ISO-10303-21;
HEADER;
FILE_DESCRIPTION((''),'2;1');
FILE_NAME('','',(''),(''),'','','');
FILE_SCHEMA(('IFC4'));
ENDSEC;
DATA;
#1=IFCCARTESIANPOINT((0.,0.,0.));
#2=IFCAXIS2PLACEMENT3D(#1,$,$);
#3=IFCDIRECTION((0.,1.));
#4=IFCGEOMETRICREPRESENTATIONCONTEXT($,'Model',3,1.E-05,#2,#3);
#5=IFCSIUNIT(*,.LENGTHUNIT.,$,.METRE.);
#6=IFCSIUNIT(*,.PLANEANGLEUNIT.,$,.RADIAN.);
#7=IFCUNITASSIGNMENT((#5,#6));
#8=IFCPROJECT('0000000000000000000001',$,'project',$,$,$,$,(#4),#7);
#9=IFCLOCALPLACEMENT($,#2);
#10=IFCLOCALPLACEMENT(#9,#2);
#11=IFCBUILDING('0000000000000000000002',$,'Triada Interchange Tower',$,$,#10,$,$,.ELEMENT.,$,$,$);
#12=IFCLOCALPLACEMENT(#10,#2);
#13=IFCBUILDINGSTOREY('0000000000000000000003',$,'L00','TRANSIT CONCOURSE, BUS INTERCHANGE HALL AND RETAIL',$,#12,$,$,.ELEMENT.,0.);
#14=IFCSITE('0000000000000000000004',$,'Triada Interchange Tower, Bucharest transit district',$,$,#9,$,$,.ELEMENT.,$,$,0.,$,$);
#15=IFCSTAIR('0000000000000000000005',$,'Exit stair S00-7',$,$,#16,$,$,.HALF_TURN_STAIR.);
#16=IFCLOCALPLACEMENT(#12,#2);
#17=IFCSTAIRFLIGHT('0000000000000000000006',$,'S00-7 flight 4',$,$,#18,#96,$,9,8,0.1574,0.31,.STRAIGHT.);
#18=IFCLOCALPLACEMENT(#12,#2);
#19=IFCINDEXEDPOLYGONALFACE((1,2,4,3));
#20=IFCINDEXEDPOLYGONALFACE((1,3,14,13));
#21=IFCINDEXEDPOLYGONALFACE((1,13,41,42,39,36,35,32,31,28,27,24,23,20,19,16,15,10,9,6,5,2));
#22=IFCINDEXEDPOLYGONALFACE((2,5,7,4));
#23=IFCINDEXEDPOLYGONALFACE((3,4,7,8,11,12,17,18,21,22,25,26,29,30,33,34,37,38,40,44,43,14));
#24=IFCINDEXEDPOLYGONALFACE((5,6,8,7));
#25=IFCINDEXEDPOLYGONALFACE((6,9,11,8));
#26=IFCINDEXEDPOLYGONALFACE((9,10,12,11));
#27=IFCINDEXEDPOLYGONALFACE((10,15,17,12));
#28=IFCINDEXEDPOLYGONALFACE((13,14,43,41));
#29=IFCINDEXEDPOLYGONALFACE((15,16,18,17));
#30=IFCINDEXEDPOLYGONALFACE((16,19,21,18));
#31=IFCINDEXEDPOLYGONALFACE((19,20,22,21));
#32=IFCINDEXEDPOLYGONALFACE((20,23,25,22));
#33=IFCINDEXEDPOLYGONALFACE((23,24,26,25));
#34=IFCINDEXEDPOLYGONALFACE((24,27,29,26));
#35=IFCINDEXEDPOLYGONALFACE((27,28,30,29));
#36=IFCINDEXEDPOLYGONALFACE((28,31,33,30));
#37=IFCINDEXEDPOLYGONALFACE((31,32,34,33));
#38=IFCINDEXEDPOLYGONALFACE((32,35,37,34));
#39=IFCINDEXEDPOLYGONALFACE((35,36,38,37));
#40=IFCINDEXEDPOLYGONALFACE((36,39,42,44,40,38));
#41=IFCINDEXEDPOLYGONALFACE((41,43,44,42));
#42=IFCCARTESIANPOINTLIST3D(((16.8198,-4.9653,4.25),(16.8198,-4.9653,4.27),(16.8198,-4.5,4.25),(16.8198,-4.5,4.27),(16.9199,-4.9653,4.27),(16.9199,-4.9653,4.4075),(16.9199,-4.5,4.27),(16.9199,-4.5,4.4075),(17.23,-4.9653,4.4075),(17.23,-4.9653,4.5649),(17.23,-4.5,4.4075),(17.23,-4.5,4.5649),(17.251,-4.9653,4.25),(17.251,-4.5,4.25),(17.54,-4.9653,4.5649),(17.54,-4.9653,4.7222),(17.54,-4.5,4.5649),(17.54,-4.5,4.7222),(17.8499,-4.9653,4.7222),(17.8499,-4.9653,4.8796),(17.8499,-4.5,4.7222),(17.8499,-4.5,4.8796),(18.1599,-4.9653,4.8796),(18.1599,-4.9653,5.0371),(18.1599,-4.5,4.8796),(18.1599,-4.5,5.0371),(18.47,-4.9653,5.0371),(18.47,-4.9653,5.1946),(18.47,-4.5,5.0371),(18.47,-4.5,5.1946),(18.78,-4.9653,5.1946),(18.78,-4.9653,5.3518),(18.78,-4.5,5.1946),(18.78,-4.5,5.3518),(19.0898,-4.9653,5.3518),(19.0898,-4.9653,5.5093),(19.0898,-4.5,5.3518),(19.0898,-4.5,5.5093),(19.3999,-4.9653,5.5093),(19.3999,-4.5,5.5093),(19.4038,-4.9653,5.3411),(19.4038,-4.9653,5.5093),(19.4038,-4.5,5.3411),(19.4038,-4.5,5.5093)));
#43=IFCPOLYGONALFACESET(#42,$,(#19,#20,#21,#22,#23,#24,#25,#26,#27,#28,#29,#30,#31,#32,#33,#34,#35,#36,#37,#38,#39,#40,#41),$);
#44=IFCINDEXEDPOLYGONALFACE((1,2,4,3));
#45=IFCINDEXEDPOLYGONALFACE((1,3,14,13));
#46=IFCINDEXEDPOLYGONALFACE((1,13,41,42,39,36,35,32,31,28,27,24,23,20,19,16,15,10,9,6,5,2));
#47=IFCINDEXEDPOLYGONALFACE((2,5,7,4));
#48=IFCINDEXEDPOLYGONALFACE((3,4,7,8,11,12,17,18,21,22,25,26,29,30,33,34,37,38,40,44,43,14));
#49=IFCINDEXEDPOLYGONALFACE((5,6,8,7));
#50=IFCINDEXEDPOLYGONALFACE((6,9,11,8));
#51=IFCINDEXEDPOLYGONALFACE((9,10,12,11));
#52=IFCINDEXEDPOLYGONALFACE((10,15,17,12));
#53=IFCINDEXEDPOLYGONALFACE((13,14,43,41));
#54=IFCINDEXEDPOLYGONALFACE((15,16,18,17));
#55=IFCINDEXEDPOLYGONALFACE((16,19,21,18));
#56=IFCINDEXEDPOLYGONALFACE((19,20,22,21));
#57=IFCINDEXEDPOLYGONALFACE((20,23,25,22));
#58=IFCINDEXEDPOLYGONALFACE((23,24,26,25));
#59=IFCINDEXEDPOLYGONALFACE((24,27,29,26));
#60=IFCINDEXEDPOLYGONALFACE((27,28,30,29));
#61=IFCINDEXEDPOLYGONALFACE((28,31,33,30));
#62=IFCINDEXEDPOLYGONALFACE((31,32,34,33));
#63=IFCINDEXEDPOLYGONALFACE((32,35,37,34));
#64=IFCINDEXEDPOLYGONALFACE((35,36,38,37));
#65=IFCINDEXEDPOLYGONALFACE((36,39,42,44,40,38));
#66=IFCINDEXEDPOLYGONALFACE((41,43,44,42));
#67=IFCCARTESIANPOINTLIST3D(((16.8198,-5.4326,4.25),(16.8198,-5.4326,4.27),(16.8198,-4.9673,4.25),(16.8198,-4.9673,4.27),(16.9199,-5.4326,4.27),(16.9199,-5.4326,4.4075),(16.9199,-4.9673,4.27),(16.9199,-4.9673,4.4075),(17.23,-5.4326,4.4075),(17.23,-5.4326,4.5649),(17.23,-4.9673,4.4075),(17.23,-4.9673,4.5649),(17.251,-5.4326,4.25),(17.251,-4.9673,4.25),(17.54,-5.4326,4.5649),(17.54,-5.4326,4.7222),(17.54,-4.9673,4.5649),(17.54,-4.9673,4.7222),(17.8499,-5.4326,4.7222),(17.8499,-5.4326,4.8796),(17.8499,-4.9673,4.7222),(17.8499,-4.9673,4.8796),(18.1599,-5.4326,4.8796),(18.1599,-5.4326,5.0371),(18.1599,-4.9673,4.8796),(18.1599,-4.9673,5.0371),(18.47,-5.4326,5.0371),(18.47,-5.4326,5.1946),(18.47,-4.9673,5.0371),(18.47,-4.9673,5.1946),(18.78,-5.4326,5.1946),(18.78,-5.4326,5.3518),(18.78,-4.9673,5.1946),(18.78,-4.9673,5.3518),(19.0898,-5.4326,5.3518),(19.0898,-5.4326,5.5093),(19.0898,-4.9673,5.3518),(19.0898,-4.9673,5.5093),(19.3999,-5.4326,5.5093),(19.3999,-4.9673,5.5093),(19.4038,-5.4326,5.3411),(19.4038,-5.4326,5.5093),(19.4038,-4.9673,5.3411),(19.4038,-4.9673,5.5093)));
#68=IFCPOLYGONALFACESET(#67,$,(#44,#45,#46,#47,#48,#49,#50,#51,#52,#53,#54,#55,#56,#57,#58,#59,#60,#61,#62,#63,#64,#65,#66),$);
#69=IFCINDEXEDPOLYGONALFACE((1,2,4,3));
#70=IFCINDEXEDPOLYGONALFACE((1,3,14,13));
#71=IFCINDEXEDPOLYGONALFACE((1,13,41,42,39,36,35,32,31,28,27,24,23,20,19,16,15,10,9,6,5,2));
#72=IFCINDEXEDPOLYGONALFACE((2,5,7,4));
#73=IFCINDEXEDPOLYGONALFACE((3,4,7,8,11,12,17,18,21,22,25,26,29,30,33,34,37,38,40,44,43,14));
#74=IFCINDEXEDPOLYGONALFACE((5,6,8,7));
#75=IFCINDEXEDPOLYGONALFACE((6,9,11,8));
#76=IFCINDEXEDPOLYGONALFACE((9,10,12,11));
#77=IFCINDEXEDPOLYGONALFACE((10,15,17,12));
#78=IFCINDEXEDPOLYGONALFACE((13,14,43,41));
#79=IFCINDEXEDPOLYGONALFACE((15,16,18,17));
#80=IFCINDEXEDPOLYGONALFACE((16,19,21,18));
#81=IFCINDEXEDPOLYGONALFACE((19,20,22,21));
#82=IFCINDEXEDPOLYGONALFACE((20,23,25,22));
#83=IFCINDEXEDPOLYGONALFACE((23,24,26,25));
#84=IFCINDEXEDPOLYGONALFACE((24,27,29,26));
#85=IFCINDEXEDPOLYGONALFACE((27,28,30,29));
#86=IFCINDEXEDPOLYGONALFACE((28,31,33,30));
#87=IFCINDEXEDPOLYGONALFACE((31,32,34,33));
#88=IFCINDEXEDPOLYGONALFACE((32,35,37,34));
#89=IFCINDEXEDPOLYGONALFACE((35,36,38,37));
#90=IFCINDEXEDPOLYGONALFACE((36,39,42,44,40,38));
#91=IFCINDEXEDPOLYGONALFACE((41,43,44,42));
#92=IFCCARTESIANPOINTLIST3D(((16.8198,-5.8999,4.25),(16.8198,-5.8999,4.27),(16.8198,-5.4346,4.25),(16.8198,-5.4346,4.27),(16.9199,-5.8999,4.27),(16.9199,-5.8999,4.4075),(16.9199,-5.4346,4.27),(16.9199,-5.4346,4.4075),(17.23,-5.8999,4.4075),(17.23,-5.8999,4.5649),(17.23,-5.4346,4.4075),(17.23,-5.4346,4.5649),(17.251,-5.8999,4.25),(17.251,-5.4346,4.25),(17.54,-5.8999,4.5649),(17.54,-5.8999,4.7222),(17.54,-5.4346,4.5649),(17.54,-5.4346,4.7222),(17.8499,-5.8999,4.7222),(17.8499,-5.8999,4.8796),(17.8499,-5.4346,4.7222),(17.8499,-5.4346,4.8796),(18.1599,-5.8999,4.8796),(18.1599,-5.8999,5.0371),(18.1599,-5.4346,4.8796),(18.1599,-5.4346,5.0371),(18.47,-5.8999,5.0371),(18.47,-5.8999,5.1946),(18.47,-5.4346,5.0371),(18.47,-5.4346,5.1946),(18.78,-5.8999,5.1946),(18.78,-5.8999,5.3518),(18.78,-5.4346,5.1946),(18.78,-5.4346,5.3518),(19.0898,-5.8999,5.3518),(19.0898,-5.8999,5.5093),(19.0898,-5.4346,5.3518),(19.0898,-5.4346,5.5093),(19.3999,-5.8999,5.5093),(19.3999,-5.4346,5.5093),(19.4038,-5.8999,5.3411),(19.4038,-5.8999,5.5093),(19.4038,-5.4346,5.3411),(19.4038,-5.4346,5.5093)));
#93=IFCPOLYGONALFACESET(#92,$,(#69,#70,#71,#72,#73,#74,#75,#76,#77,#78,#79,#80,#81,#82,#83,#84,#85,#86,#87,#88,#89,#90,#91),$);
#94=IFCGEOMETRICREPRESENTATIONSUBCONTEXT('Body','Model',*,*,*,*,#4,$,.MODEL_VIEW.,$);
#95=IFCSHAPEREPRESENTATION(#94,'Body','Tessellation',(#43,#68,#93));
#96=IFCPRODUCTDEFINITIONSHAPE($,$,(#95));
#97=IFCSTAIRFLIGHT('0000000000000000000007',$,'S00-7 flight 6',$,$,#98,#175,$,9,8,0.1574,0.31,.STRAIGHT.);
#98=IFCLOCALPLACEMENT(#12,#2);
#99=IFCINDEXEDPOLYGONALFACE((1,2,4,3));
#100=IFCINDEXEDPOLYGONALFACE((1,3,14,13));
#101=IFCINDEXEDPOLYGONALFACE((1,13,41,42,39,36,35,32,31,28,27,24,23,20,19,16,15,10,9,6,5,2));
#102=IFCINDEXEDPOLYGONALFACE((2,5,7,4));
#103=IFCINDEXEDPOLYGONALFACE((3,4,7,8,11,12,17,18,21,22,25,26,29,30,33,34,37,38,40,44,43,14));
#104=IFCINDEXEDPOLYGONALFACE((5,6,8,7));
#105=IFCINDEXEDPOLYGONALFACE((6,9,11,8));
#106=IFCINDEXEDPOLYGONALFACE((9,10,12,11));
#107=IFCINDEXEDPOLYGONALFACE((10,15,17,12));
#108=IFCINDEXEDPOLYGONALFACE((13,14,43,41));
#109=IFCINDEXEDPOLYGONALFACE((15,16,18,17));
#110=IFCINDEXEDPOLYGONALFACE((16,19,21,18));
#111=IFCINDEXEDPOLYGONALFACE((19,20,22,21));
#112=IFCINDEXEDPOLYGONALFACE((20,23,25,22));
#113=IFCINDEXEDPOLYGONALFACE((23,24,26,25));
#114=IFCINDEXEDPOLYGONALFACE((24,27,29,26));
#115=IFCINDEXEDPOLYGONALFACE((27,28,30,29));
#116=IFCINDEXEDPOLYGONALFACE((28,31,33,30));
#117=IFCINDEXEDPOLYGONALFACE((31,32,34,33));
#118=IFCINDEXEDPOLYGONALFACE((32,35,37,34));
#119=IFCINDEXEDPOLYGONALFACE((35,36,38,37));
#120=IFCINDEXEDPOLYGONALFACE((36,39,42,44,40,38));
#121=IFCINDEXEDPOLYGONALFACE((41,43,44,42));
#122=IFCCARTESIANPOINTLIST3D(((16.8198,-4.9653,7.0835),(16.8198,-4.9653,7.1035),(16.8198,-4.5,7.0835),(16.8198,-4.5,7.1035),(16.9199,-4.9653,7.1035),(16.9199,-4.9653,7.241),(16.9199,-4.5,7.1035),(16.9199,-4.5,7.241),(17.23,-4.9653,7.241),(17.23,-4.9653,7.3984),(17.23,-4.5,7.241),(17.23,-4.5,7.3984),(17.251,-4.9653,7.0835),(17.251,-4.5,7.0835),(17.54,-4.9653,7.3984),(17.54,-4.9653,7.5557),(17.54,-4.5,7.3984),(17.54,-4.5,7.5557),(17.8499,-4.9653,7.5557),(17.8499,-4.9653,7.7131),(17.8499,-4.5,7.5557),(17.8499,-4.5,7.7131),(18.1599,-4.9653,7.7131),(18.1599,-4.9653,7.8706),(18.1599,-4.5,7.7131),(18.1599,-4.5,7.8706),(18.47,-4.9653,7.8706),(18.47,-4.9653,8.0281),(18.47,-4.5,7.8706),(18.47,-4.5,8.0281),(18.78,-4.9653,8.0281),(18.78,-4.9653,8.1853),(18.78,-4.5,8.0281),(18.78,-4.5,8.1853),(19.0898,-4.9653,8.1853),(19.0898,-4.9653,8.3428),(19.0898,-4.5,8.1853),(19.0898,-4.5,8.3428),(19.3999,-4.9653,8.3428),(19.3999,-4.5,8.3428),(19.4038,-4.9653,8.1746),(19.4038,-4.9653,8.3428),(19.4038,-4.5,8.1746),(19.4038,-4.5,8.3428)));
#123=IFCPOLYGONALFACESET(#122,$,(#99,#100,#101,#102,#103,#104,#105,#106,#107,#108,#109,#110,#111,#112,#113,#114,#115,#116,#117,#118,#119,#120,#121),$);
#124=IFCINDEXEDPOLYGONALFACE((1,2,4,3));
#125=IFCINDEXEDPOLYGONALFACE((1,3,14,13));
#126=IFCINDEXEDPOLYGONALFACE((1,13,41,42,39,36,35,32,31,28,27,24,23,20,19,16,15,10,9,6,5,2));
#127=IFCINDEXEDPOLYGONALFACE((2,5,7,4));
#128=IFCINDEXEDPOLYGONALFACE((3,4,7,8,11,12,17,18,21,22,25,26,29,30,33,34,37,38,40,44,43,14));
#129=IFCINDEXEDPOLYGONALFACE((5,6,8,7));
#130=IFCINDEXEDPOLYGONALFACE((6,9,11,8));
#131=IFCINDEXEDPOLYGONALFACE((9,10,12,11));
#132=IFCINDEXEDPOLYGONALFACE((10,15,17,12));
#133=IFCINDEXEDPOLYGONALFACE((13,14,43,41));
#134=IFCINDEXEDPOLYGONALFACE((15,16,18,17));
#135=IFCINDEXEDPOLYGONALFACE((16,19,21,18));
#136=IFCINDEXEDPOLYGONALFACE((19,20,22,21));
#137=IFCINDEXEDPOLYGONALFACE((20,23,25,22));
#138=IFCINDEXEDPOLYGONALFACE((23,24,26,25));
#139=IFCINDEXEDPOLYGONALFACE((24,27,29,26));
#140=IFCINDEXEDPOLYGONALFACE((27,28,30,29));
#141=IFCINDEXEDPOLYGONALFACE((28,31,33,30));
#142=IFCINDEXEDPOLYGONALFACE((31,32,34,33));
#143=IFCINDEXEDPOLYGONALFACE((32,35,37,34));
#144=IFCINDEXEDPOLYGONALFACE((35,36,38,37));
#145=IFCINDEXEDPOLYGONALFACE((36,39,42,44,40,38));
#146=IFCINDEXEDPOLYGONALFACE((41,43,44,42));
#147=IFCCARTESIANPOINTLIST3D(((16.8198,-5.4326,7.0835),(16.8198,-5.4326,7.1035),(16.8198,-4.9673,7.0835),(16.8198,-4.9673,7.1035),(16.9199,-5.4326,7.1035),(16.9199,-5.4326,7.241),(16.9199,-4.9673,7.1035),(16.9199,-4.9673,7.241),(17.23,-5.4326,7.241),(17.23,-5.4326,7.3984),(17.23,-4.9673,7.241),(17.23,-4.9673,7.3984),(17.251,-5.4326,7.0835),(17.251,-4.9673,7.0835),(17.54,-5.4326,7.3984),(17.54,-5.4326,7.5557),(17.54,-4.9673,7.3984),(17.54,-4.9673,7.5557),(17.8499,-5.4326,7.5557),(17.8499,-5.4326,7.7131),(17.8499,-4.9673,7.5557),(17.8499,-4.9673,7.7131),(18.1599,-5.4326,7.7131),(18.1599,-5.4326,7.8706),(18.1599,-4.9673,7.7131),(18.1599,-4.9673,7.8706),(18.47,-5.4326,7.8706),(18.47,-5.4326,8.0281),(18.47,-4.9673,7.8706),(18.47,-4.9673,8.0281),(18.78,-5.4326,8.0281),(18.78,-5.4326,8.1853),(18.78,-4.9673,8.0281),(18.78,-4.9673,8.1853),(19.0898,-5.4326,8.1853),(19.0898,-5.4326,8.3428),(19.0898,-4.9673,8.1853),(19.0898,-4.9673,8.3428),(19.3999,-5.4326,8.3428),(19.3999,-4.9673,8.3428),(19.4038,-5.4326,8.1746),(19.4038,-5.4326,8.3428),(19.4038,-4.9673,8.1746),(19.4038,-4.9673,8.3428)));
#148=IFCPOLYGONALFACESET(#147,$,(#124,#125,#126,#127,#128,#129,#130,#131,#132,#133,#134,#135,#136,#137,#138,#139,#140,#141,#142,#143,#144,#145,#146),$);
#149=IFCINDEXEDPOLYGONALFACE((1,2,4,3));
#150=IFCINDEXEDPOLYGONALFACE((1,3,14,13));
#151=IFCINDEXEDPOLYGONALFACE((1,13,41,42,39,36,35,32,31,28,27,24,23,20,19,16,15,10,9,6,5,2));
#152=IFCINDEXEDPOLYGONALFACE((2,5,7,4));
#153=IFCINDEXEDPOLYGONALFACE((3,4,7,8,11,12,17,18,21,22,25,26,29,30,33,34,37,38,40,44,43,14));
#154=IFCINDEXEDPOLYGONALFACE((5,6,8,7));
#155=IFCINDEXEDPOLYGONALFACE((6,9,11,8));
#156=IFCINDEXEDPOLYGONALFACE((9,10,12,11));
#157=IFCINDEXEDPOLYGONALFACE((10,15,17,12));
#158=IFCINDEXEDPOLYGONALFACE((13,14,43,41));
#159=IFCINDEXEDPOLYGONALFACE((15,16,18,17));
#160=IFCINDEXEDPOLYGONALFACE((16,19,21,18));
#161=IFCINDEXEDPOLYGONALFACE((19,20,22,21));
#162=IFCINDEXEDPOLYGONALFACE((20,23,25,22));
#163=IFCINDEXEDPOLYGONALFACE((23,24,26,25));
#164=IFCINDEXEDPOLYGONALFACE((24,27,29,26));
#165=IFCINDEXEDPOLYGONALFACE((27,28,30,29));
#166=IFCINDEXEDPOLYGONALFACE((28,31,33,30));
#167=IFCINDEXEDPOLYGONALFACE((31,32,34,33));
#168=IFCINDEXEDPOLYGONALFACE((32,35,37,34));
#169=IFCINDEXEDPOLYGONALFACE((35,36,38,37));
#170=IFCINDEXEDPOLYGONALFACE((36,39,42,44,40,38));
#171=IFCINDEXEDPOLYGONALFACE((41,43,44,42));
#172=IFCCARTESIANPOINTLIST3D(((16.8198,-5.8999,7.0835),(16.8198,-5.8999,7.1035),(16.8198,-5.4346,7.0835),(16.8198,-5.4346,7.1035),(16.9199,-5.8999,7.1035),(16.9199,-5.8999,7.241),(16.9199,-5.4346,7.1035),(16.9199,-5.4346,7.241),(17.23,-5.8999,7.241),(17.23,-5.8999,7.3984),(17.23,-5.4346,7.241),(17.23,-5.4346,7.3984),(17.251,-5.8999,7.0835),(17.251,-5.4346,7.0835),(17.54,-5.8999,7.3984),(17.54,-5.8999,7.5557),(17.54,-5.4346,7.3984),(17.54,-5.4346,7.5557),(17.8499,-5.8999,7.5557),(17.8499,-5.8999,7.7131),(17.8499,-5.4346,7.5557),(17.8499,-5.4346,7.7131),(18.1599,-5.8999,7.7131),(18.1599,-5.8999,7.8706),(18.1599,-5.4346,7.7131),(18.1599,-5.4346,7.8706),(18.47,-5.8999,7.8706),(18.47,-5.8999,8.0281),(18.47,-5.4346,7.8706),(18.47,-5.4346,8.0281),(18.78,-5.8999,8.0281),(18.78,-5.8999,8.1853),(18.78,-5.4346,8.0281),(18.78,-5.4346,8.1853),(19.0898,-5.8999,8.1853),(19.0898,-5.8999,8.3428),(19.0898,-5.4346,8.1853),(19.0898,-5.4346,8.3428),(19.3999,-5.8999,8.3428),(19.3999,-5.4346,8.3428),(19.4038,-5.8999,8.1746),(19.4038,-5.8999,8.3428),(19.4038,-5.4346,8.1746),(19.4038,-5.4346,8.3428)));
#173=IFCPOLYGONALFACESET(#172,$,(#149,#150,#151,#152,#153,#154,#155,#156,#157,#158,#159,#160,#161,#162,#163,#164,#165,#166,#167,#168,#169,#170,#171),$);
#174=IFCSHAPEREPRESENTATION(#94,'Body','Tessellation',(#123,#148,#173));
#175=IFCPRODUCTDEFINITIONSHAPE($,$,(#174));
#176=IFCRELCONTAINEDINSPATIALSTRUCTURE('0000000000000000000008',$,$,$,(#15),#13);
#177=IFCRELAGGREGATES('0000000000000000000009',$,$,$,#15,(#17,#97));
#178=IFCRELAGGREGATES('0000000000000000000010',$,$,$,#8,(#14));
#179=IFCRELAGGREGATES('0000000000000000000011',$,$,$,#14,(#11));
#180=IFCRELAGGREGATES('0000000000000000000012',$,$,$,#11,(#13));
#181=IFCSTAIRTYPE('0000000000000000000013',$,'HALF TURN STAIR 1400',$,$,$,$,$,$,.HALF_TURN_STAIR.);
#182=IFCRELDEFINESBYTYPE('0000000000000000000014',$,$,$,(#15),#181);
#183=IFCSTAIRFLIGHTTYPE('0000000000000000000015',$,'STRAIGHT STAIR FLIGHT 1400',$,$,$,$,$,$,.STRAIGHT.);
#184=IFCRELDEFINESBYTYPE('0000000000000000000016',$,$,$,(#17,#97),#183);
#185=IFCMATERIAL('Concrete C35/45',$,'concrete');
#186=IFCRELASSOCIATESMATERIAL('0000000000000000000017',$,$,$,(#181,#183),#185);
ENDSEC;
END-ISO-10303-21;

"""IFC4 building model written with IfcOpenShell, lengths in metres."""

from ifc_helpers import new_model, si_unit, direction, frame, origin, place, context, subcontext, project, spatial, polyline, outline, extrude, material, type_object, element, aggregate, save


model = new_model("IFC4")

# Units and contexts
model_context = context("Model", 3, precision=1e-05, world=origin(), true_north=direction((0.0, 1.0)))
body_context = subcontext(model_context, "Body", "Model", "MODEL_VIEW")
ifc_project = project(units=[si_unit("LENGTHUNIT", "METRE"), si_unit("PLANEANGLEUNIT", "RADIAN")], contexts=[model_context])

# Site, building, storey
site_placement = place(None, origin())
site = spatial("IfcSite", under=ifc_project, at=site_placement, Name="Triada Interchange Tower, Bucharest transit district", CompositionType="ELEMENT", RefElevation=0.0)
building_placement = place(site_placement, origin())
building = spatial("IfcBuilding", under=site, at=building_placement, Name="Triada Interchange Tower", CompositionType="ELEMENT")
storey_placement = place(building_placement, origin())
storey = spatial("IfcBuildingStorey", under=building, at=storey_placement, Name="L00", Description="TRANSIT CONCOURSE, BUS INTERCHANGE HALL AND RETAIL", CompositionType="ELEMENT", Elevation=0.0)

# Shared definitions
ifc_material_1 = material(Name="Concrete C35/45", Category="concrete")

# Stair, stair flights
stair_type = type_object("IfcStairType", Name="HALF TURN STAIR 1400", PredefinedType="HALF_TURN_STAIR", material=ifc_material_1)
stair_1_placement = place(storey_placement, origin())
stair_1 = element("IfcStair", 1, at=stair_1_placement, inside=storey, type_object=stair_type, Name="Exit stair S00-7", PredefinedType="HALF_TURN_STAIR")
stair_flight_type = type_object("IfcStairFlightType", Name="STRAIGHT STAIR FLIGHT 1400", PredefinedType="STRAIGHT", material=ifc_material_1)
stair_flight_1_placement = place(storey_placement, frame((16.9199, -5.2, 4.25), z_axis=(0.0, 0.0, 1.0), x_axis=(1.0, 0.0, 0.0)))
stair_flight_1 = element("IfcStairFlight", 2, at=stair_flight_1_placement, type_object=stair_flight_type, Name="S00-7 flight 4", NumberOfRisers=9, NumberOfTreads=8, PredefinedType="STRAIGHT", RiserHeight=0.1574, TreadLength=0.31, context=body_context, shape_type="SweptSolid", body=[
    extrude(outline(polyline([(-0.1001, 0.0), (-0.1001, 0.02), (0.0, 0.02), (0.0, 0.1575), (0.3101, 0.1575), (0.3101, 0.3149), (0.6201, 0.3149), (0.6201, 0.4722), (0.9299, 0.4722), (0.9299, 0.6296), (1.24, 0.6296), (1.24, 0.7871), (1.55, 0.7871), (1.55, 0.9446), (1.8601, 0.9446), (1.8601, 1.1018), (2.1699, 1.1018), (2.1699, 1.2593), (2.48, 1.2593), (2.4839, 1.2593), (2.4839, 1.4167), (2.4839, 1.0911), (0.3311, 0.0), (-0.1001, 0.0)])), frame((0.0, 0.7, 0.0), z_axis=(0.0, -1.0, 0.0), x_axis=(1.0, 0.0, 0.0)), (0.0, 0.0, 1.0), 0.4653),
    extrude(outline(polyline([(-0.1001, 0.0), (-0.1001, 0.02), (0.0, 0.02), (0.0, 0.1575), (0.3101, 0.1575), (0.3101, 0.3149), (0.6201, 0.3149), (0.6201, 0.4722), (0.9299, 0.4722), (0.9299, 0.6296), (1.24, 0.6296), (1.24, 0.7871), (1.55, 0.7871), (1.55, 0.9446), (1.8601, 0.9446), (1.8601, 1.1018), (2.1699, 1.1018), (2.1699, 1.2593), (2.48, 1.2593), (2.4839, 1.2593), (2.4839, 1.4167), (2.4839, 1.0911), (0.3311, 0.0), (-0.1001, 0.0)])), frame((0.0, 0.2327, 0.0), z_axis=(0.0, -1.0, 0.0), x_axis=(1.0, 0.0, 0.0)), (0.0, 0.0, 1.0), 0.4653),
    extrude(outline(polyline([(-0.1001, 0.0), (-0.1001, 0.02), (0.0, 0.02), (0.0, 0.1575), (0.3101, 0.1575), (0.3101, 0.3149), (0.6201, 0.3149), (0.6201, 0.4722), (0.9299, 0.4722), (0.9299, 0.6296), (1.24, 0.6296), (1.24, 0.7871), (1.55, 0.7871), (1.55, 0.9446), (1.8601, 0.9446), (1.8601, 1.1018), (2.1699, 1.1018), (2.1699, 1.2593), (2.48, 1.2593), (2.4839, 1.2593), (2.4839, 1.4167), (2.4839, 1.0911), (0.3311, 0.0), (-0.1001, 0.0)])), frame((0.0, -0.2346, 0.0), z_axis=(0.0, -1.0, 0.0), x_axis=(1.0, 0.0, 0.0)), (0.0, 0.0, 1.0), 0.4653),
])
stair_flight_2_placement = place(storey_placement, frame((16.9199, -5.2, 7.0835), z_axis=(0.0, 0.0, 1.0), x_axis=(1.0, 0.0, 0.0)))
stair_flight_2 = element("IfcStairFlight", 3, at=stair_flight_2_placement, type_object=stair_flight_type, Name="S00-7 flight 6", NumberOfRisers=9, NumberOfTreads=8, PredefinedType="STRAIGHT", RiserHeight=0.1574, TreadLength=0.31, context=body_context, shape_type="SweptSolid", body=[
    extrude(outline(polyline([(-0.1001, 0.0), (-0.1001, 0.02), (0.0, 0.02), (0.0, 0.1575), (0.3101, 0.1575), (0.3101, 0.3149), (0.6201, 0.3149), (0.6201, 0.4722), (0.9299, 0.4722), (0.9299, 0.6296), (1.24, 0.6296), (1.24, 0.7871), (1.55, 0.7871), (1.55, 0.9446), (1.8601, 0.9446), (1.8601, 1.1018), (2.1699, 1.1018), (2.1699, 1.2593), (2.48, 1.2593), (2.4839, 1.2593), (2.4839, 1.4167), (2.4839, 1.0911), (0.3311, 0.0), (-0.1001, 0.0)])), frame((0.0, 0.7, 0.0), z_axis=(0.0, -1.0, 0.0), x_axis=(1.0, 0.0, 0.0)), (0.0, 0.0, 1.0), 0.4653),
    extrude(outline(polyline([(-0.1001, 0.0), (-0.1001, 0.02), (0.0, 0.02), (0.0, 0.1575), (0.3101, 0.1575), (0.3101, 0.3149), (0.6201, 0.3149), (0.6201, 0.4722), (0.9299, 0.4722), (0.9299, 0.6296), (1.24, 0.6296), (1.24, 0.7871), (1.55, 0.7871), (1.55, 0.9446), (1.8601, 0.9446), (1.8601, 1.1018), (2.1699, 1.1018), (2.1699, 1.2593), (2.48, 1.2593), (2.4839, 1.2593), (2.4839, 1.4167), (2.4839, 1.0911), (0.3311, 0.0), (-0.1001, 0.0)])), frame((0.0, 0.2327, 0.0), z_axis=(0.0, -1.0, 0.0), x_axis=(1.0, 0.0, 0.0)), (0.0, 0.0, 1.0), 0.4653),
    extrude(outline(polyline([(-0.1001, 0.0), (-0.1001, 0.02), (0.0, 0.02), (0.0, 0.1575), (0.3101, 0.1575), (0.3101, 0.3149), (0.6201, 0.3149), (0.6201, 0.4722), (0.9299, 0.4722), (0.9299, 0.6296), (1.24, 0.6296), (1.24, 0.7871), (1.55, 0.7871), (1.55, 0.9446), (1.8601, 0.9446), (1.8601, 1.1018), (2.1699, 1.1018), (2.1699, 1.2593), (2.48, 1.2593), (2.4839, 1.2593), (2.4839, 1.4167), (2.4839, 1.0911), (0.3311, 0.0), (-0.1001, 0.0)])), frame((0.0, -0.2346, 0.0), z_axis=(0.0, -1.0, 0.0), x_axis=(1.0, 0.0, 0.0)), (0.0, 0.0, 1.0), 0.4653),
])

aggregate(stair_1, [stair_flight_1, stair_flight_2])

save(model, "model.ifc")
